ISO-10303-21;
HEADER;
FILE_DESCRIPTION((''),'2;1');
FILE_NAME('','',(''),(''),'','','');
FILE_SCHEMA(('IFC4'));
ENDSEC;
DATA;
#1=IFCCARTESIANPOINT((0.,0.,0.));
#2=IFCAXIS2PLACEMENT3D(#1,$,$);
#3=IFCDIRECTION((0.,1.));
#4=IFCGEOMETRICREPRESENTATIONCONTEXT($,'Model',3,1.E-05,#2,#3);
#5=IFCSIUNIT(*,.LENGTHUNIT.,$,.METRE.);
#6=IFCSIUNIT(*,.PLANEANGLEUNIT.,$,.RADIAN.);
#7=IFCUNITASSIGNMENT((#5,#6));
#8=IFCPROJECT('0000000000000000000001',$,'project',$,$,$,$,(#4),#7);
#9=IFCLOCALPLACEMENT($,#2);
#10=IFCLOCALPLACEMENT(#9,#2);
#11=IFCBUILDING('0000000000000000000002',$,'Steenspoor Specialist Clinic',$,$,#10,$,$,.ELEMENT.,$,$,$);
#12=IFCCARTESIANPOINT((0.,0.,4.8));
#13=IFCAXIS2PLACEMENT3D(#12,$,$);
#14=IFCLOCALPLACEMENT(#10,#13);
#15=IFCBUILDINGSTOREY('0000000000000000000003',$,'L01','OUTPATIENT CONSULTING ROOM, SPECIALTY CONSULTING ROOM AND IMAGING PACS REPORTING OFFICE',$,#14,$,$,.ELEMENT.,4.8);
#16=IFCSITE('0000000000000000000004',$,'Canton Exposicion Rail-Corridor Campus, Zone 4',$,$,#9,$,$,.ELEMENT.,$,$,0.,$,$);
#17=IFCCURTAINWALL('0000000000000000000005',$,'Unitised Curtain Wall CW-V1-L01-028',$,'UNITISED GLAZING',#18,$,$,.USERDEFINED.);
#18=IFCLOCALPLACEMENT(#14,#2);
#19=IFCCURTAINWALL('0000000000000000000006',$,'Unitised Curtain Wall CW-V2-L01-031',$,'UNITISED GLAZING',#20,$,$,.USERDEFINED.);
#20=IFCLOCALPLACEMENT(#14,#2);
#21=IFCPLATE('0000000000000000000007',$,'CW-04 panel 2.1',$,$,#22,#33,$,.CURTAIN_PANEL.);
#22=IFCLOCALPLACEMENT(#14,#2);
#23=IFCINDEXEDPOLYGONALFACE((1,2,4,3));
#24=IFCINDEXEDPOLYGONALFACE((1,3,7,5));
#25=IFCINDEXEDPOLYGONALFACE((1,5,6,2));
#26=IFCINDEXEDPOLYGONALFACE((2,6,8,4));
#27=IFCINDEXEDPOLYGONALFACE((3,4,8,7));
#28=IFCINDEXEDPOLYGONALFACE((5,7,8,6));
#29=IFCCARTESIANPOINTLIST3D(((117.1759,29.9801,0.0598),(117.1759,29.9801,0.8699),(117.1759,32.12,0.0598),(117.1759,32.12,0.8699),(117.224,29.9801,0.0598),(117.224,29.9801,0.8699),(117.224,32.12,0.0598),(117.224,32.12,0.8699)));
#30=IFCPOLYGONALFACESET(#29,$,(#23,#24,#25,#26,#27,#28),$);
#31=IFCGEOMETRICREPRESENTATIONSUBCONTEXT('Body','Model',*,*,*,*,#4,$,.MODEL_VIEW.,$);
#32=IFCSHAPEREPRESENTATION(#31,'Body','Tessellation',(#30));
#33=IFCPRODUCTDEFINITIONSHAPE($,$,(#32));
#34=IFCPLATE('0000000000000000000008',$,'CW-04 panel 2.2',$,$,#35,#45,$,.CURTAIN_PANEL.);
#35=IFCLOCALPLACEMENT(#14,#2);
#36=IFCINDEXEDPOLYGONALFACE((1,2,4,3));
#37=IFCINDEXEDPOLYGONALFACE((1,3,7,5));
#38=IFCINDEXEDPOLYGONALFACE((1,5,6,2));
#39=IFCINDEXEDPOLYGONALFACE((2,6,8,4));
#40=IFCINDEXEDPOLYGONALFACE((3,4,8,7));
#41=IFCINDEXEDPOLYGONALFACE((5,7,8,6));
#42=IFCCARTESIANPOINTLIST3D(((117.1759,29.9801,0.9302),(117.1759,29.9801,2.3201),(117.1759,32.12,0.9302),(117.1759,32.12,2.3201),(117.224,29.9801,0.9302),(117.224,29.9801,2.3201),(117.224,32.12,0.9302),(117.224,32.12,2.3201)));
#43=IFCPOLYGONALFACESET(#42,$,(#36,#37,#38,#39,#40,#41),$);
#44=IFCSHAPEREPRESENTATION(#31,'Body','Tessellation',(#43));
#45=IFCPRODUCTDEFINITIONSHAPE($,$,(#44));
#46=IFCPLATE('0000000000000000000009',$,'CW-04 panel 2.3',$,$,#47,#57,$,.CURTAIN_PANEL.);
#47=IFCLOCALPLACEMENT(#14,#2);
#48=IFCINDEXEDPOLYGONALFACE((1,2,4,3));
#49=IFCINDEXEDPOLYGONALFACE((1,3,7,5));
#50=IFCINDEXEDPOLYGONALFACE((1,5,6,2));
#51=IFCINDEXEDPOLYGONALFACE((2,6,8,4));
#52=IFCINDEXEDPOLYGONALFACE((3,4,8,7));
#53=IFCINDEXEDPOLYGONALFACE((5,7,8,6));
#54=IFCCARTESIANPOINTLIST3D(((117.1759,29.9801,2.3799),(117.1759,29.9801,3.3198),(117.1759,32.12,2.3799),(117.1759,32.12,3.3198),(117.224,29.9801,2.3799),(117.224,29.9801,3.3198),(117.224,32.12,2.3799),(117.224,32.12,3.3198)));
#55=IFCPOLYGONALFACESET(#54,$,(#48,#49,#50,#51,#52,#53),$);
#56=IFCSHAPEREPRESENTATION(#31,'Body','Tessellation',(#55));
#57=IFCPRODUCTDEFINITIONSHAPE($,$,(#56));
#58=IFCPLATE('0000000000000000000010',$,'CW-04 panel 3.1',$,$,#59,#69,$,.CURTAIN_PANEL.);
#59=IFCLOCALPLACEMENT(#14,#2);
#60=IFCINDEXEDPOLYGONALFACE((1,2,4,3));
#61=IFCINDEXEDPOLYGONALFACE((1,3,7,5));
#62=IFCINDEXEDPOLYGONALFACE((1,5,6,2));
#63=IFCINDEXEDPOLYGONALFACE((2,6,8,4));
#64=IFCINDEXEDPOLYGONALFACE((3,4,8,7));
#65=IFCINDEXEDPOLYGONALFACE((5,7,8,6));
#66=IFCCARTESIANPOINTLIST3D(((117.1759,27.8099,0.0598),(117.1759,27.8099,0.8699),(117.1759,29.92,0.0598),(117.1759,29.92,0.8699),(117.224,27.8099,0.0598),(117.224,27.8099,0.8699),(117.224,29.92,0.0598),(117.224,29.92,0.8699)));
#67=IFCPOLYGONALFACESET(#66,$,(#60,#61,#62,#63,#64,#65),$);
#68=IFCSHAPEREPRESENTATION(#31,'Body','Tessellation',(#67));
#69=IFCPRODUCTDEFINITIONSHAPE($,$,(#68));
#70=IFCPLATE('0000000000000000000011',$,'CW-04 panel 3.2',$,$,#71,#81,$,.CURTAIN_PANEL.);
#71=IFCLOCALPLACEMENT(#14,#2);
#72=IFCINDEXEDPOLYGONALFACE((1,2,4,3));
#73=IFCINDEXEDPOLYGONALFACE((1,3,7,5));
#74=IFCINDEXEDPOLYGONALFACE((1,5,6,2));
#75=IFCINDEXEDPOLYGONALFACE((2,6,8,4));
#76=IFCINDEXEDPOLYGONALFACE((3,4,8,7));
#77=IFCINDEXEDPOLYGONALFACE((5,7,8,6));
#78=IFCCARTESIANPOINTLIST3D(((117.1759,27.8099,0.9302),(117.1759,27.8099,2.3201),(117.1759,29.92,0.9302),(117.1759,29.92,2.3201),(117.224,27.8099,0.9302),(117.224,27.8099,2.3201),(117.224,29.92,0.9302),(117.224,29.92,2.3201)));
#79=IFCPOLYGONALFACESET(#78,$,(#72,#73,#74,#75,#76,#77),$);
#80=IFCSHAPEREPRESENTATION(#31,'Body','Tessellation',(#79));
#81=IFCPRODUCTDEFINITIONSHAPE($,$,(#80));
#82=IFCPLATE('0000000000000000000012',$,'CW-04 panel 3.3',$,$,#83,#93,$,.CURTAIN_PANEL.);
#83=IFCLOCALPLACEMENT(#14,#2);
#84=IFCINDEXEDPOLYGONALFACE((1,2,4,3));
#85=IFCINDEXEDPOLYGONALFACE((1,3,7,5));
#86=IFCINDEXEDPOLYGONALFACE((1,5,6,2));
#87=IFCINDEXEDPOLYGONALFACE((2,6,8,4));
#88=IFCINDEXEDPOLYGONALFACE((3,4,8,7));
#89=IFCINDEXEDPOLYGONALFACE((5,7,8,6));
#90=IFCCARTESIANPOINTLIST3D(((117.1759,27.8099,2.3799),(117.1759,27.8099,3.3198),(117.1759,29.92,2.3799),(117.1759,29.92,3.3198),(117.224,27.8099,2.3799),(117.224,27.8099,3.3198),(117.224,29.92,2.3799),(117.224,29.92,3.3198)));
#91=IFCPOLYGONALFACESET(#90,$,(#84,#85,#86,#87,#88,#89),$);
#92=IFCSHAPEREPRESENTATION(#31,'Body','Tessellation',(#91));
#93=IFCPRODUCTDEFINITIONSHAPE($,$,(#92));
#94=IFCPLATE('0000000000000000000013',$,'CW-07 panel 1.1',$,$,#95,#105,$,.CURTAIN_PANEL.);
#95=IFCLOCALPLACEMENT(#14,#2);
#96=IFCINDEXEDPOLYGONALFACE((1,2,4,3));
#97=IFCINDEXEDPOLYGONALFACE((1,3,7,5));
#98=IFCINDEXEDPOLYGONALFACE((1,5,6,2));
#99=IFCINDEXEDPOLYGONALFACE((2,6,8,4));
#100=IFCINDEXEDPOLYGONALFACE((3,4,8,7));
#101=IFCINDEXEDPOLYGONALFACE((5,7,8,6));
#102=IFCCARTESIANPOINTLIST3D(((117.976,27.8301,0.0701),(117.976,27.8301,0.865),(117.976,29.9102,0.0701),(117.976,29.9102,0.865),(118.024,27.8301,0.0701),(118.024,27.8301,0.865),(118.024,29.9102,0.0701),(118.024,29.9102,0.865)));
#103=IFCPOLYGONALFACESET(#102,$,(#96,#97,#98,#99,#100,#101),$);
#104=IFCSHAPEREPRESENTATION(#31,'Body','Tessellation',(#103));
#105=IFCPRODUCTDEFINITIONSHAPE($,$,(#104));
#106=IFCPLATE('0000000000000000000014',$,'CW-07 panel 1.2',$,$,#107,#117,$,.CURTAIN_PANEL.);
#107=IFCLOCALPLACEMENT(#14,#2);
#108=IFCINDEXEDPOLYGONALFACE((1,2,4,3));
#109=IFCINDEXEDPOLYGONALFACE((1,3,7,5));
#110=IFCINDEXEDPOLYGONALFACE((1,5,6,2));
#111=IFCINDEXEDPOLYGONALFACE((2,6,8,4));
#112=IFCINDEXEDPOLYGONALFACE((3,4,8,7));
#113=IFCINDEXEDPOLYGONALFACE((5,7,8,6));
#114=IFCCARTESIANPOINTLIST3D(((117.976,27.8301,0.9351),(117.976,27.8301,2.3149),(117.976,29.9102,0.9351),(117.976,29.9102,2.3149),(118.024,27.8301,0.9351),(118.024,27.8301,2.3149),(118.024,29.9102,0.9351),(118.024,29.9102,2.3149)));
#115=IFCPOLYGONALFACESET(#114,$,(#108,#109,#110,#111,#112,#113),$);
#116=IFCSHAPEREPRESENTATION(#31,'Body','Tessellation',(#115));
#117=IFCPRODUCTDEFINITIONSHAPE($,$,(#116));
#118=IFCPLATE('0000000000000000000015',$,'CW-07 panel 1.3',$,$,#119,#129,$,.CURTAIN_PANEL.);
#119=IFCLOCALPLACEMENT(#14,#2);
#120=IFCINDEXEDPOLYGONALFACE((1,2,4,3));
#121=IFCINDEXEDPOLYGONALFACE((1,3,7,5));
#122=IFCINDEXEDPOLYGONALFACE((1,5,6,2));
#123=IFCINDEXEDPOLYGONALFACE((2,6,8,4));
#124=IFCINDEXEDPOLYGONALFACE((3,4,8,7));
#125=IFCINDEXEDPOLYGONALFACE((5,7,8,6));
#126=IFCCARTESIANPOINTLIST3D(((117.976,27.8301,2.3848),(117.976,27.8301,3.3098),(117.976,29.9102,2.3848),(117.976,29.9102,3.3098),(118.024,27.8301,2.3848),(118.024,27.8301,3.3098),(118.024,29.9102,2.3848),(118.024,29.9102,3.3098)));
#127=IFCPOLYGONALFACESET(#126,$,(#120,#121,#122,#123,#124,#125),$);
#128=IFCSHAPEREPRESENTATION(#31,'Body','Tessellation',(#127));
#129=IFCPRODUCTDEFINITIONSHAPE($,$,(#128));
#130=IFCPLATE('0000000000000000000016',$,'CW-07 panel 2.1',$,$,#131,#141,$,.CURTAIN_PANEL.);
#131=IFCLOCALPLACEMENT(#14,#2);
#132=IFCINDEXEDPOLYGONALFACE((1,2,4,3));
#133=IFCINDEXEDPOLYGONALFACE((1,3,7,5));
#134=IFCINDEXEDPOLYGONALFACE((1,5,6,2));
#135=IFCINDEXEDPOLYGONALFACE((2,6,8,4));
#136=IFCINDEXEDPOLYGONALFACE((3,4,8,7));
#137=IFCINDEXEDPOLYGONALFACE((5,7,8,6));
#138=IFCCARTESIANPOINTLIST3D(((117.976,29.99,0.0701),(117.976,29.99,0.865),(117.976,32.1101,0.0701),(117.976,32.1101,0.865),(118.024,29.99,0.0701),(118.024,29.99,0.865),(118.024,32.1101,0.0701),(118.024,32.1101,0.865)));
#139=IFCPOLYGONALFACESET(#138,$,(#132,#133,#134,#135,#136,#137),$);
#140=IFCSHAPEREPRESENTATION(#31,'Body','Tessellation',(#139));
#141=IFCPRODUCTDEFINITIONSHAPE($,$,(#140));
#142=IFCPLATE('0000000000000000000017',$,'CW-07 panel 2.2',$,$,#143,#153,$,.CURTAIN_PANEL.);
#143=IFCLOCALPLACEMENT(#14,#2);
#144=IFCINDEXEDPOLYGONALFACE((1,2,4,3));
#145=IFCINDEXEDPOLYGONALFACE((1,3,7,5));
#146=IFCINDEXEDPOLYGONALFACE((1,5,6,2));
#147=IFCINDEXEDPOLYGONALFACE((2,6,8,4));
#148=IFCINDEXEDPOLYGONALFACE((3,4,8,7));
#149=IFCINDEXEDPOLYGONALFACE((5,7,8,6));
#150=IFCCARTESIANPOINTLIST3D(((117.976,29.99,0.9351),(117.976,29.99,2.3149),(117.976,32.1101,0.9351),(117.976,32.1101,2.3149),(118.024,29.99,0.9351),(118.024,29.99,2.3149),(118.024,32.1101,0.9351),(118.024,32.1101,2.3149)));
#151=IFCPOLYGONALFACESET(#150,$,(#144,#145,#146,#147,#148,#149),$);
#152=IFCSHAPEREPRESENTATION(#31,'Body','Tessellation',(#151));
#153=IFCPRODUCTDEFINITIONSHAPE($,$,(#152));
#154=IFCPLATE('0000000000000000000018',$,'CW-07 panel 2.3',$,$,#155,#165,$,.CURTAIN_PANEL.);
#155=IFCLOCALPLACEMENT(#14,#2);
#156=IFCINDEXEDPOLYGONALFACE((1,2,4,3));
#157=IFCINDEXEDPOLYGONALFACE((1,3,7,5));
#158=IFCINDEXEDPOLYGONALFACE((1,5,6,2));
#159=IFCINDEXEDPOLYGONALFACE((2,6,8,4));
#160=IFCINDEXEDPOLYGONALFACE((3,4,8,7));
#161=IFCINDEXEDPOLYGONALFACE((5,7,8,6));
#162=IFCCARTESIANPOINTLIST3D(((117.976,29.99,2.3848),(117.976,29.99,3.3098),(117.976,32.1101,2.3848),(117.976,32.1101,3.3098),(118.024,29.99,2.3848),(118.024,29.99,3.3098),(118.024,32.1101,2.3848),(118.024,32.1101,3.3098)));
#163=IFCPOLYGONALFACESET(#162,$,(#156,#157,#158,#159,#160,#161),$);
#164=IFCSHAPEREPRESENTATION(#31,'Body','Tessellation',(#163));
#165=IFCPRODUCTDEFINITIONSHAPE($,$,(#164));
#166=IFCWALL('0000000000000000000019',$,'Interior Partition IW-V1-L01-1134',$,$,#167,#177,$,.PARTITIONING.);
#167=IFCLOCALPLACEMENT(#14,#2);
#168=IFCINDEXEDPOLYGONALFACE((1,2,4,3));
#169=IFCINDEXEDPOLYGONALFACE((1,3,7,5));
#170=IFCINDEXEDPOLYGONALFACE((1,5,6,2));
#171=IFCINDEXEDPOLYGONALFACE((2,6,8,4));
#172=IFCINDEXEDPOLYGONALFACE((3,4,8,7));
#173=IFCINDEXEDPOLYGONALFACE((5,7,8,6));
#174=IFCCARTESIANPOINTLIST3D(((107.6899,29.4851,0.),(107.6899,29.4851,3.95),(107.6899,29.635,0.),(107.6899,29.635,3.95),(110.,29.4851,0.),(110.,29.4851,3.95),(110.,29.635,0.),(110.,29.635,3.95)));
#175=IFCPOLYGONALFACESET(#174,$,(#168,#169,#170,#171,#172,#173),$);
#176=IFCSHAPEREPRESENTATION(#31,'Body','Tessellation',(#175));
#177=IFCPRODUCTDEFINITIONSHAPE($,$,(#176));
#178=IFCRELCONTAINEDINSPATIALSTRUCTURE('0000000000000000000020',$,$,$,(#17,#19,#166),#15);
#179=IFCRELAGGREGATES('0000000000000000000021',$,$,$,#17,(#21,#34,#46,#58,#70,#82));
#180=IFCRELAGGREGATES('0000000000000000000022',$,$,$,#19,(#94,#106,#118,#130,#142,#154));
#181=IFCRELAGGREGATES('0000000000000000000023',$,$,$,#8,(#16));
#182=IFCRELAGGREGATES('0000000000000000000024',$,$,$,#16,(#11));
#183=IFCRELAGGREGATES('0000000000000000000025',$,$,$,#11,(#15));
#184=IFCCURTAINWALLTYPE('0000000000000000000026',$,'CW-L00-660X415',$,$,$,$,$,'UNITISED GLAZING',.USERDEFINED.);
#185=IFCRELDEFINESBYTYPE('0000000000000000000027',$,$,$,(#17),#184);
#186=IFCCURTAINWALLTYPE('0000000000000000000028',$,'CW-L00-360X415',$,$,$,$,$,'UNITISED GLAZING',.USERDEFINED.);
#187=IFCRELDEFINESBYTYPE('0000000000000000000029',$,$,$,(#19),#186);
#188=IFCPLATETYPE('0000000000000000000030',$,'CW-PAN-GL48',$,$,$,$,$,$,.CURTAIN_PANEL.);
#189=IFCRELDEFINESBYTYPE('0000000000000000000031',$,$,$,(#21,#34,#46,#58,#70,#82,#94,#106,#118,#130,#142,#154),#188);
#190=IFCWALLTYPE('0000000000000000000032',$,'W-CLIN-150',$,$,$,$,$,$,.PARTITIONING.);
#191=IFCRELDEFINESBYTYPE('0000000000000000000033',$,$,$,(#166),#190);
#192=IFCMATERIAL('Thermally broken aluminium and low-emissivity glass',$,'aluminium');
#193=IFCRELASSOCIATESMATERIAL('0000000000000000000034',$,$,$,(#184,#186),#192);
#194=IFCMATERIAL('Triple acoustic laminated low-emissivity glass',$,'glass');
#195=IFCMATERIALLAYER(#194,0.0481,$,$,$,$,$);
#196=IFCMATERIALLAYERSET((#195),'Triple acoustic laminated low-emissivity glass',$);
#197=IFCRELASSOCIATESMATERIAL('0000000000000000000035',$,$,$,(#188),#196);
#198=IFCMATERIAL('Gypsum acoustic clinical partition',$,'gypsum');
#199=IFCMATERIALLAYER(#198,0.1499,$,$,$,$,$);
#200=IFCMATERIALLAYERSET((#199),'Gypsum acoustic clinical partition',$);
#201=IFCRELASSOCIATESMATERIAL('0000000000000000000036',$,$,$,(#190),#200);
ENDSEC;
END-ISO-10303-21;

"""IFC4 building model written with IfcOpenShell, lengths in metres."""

from ifc_helpers import new_model, si_unit, direction, frame, frame_2d, origin, origin_2d, place, context, subcontext, project, spatial, rectangle, extrude, material, layer, layer_set, type_object, element, aggregate, save


model = new_model("IFC4")

# Units and contexts
model_context = context("Model", 3, precision=1e-05, world=origin(), true_north=direction((0.0, 1.0)))
body_context = subcontext(model_context, "Body", "Model", "MODEL_VIEW")
ifc_project = project(units=[si_unit("LENGTHUNIT", "METRE"), si_unit("PLANEANGLEUNIT", "RADIAN")], contexts=[model_context])

# Site, building, storey
site_placement = place(None, origin())
site = spatial("IfcSite", under=ifc_project, at=site_placement, Name="Canton Exposicion Rail-Corridor Campus, Zone 4", CompositionType="ELEMENT", RefElevation=0.0)
building_placement = place(site_placement, origin())
building = spatial("IfcBuilding", under=site, at=building_placement, Name="Steenspoor Specialist Clinic", CompositionType="ELEMENT")
storey_placement = place(building_placement, frame((0.0, 0.0, 4.8)))
storey = spatial("IfcBuildingStorey", under=building, at=storey_placement, Name="L01", Description="OUTPATIENT CONSULTING ROOM, SPECIALTY CONSULTING ROOM AND IMAGING PACS REPORTING OFFICE", CompositionType="ELEMENT", Elevation=4.8)

# Curtain walls
ifc_material_1 = material(Name="Thermally broken aluminium and low-emissivity glass", Category="aluminium")
curtain_wall_type_1 = type_object("IfcCurtainWallType", Name="CW-L00-660X415", ElementType="UNITISED GLAZING", PredefinedType="USERDEFINED", material=ifc_material_1)
curtain_wall_1_placement = place(storey_placement, origin())
curtain_wall_1 = element("IfcCurtainWall", 1, at=curtain_wall_1_placement, inside=storey, type_object=curtain_wall_type_1, Name="Unitised Curtain Wall CW-V1-L01-028", ObjectType="UNITISED GLAZING", PredefinedType="USERDEFINED")
curtain_wall_type_2 = type_object("IfcCurtainWallType", Name="CW-L00-360X415", ElementType="UNITISED GLAZING", PredefinedType="USERDEFINED", material=ifc_material_1)
curtain_wall_2_placement = place(storey_placement, origin())
curtain_wall_2 = element("IfcCurtainWall", 2, at=curtain_wall_2_placement, inside=storey, type_object=curtain_wall_type_2, Name="Unitised Curtain Wall CW-V2-L01-031", ObjectType="UNITISED GLAZING", PredefinedType="USERDEFINED")

# Plates
ifc_material_2 = material(Name="Triple acoustic laminated low-emissivity glass", Category="glass")
ifc_layer_1 = layer(ifc_material_2, 0.0481)
ifc_layer_set_1 = layer_set([ifc_layer_1], Name="Triple acoustic laminated low-emissivity glass")
plate_type = type_object("IfcPlateType", Name="CW-PAN-GL48", PredefinedType="CURTAIN_PANEL", material=ifc_layer_set_1)
plate_1_placement = place(storey_placement, frame((117.2, 31.05, 0.0598), z_axis=(0.0, 0.0, 1.0), x_axis=(0.0, -1.0, 0.0)))
plate_1 = element("IfcPlate", 3, at=plate_1_placement, type_object=plate_type, Name="CW-04 panel 2.1", PredefinedType="CURTAIN_PANEL", context=body_context, shape_type="SweptSolid", body=[
    extrude(rectangle(XDim=2.1399, YDim=0.0481, at=origin_2d()), origin(), (0.0, 0.0, 1.0), 0.8101),
])
plate_2_placement = place(storey_placement, frame((117.2, 31.05, 0.9302), z_axis=(0.0, 0.0, 1.0), x_axis=(0.0, -1.0, 0.0)))
plate_2 = element("IfcPlate", 4, at=plate_2_placement, type_object=plate_type, Name="CW-04 panel 2.2", PredefinedType="CURTAIN_PANEL", context=body_context, shape_type="SweptSolid", body=[
    extrude(rectangle(XDim=2.1399, YDim=0.0481, at=origin_2d()), origin(), (0.0, 0.0, 1.0), 1.3899),
])
plate_3_placement = place(storey_placement, frame((117.2, 31.05, 2.3799), z_axis=(0.0, 0.0, 1.0), x_axis=(0.0, -1.0, 0.0)))
plate_3 = element("IfcPlate", 5, at=plate_3_placement, type_object=plate_type, Name="CW-04 panel 2.3", PredefinedType="CURTAIN_PANEL", context=body_context, shape_type="SweptSolid", body=[
    extrude(rectangle(XDim=2.1399, YDim=0.0481, at=origin_2d()), origin(), (0.0, 0.0, 1.0), 0.9399),
])
plate_4_placement = place(storey_placement, frame((117.2, 28.865, 0.0598), z_axis=(0.0, 0.0, 1.0), x_axis=(0.0, -1.0, 0.0)))
plate_4 = element("IfcPlate", 6, at=plate_4_placement, type_object=plate_type, Name="CW-04 panel 3.1", PredefinedType="CURTAIN_PANEL", context=body_context, shape_type="SweptSolid", body=[
    extrude(rectangle(XDim=2.1101, YDim=0.0481, at=origin_2d()), origin(), (0.0, 0.0, 1.0), 0.8101),
])
plate_5_placement = place(storey_placement, frame((117.2, 28.865, 0.9302), z_axis=(0.0, 0.0, 1.0), x_axis=(0.0, -1.0, 0.0)))
plate_5 = element("IfcPlate", 7, at=plate_5_placement, type_object=plate_type, Name="CW-04 panel 3.2", PredefinedType="CURTAIN_PANEL", context=body_context, shape_type="SweptSolid", body=[
    extrude(rectangle(XDim=2.1101, YDim=0.0481, at=origin_2d()), origin(), (0.0, 0.0, 1.0), 1.3899),
])
plate_6_placement = place(storey_placement, frame((117.2, 28.865, 2.3799), z_axis=(0.0, 0.0, 1.0), x_axis=(0.0, -1.0, 0.0)))
plate_6 = element("IfcPlate", 8, at=plate_6_placement, type_object=plate_type, Name="CW-04 panel 3.3", PredefinedType="CURTAIN_PANEL", context=body_context, shape_type="SweptSolid", body=[
    extrude(rectangle(XDim=2.1101, YDim=0.0481, at=origin_2d()), origin(), (0.0, 0.0, 1.0), 0.9399),
])
aggregate(curtain_wall_1, [plate_1, plate_2, plate_3, plate_4, plate_5, plate_6])
plate_7_placement = place(storey_placement, frame((118.0, 28.8701, 0.0701), z_axis=(0.0, 0.0, 1.0), x_axis=(0.0, 1.0, 0.0)))
plate_7 = element("IfcPlate", 9, at=plate_7_placement, type_object=plate_type, Name="CW-07 panel 1.1", PredefinedType="CURTAIN_PANEL", context=body_context, shape_type="SweptSolid", body=[
    extrude(rectangle(XDim=2.0801, YDim=0.0481, at=origin_2d()), origin(), (0.0, 0.0, 1.0), 0.7949),
])
plate_8_placement = place(storey_placement, frame((118.0, 28.8701, 0.9351), z_axis=(0.0, 0.0, 1.0), x_axis=(0.0, 1.0, 0.0)))
plate_8 = element("IfcPlate", 10, at=plate_8_placement, type_object=plate_type, Name="CW-07 panel 1.2", PredefinedType="CURTAIN_PANEL", context=body_context, shape_type="SweptSolid", body=[
    extrude(rectangle(XDim=2.0801, YDim=0.0481, at=origin_2d()), origin(), (0.0, 0.0, 1.0), 1.3799),
])
plate_9_placement = place(storey_placement, frame((118.0, 28.8701, 2.3848), z_axis=(0.0, 0.0, 1.0), x_axis=(0.0, 1.0, 0.0)))
plate_9 = element("IfcPlate", 11, at=plate_9_placement, type_object=plate_type, Name="CW-07 panel 1.3", PredefinedType="CURTAIN_PANEL", context=body_context, shape_type="SweptSolid", body=[
    extrude(rectangle(XDim=2.0801, YDim=0.0481, at=origin_2d()), origin(), (0.0, 0.0, 1.0), 0.925),
])
plate_10_placement = place(storey_placement, frame((118.0, 31.05, 0.0701), z_axis=(0.0, 0.0, 1.0), x_axis=(0.0, 1.0, 0.0)))
plate_10 = element("IfcPlate", 12, at=plate_10_placement, type_object=plate_type, Name="CW-07 panel 2.1", PredefinedType="CURTAIN_PANEL", context=body_context, shape_type="SweptSolid", body=[
    extrude(rectangle(XDim=2.1201, YDim=0.0481, at=origin_2d()), origin(), (0.0, 0.0, 1.0), 0.7949),
])
plate_11_placement = place(storey_placement, frame((118.0, 31.05, 0.9351), z_axis=(0.0, 0.0, 1.0), x_axis=(0.0, 1.0, 0.0)))
plate_11 = element("IfcPlate", 13, at=plate_11_placement, type_object=plate_type, Name="CW-07 panel 2.2", PredefinedType="CURTAIN_PANEL", context=body_context, shape_type="SweptSolid", body=[
    extrude(rectangle(XDim=2.1201, YDim=0.0481, at=origin_2d()), origin(), (0.0, 0.0, 1.0), 1.3799),
])
plate_12_placement = place(storey_placement, frame((118.0, 31.05, 2.3848), z_axis=(0.0, 0.0, 1.0), x_axis=(0.0, 1.0, 0.0)))
plate_12 = element("IfcPlate", 14, at=plate_12_placement, type_object=plate_type, Name="CW-07 panel 2.3", PredefinedType="CURTAIN_PANEL", context=body_context, shape_type="SweptSolid", body=[
    extrude(rectangle(XDim=2.1201, YDim=0.0481, at=origin_2d()), origin(), (0.0, 0.0, 1.0), 0.925),
])
aggregate(curtain_wall_2, [plate_7, plate_8, plate_9, plate_10, plate_11, plate_12])

# Wall
ifc_material_3 = material(Name="Gypsum acoustic clinical partition", Category="gypsum")
ifc_layer_2 = layer(ifc_material_3, 0.1499)
ifc_layer_set_2 = layer_set([ifc_layer_2], Name="Gypsum acoustic clinical partition")
wall_type_1 = type_object("IfcWallType", Name="W-CLIN-150", PredefinedType="PARTITIONING", material=ifc_layer_set_2)
wall_1_placement = place(storey_placement, frame((107.6899, 29.5601, 0.0), z_axis=(0.0, 0.0, 1.0), x_axis=(1.0, 0.0, 0.0)))
element("IfcWall", 15, at=wall_1_placement, inside=storey, type_object=wall_type_1, Name="Interior Partition IW-V1-L01-1134", PredefinedType="PARTITIONING", context=body_context, shape_type="SweptSolid", body=[
    extrude(rectangle(XDim=2.3101, YDim=0.1499, at=frame_2d((1.155, 0.0))), origin(), (0.0, 0.0, 1.0), 3.95),
])

save(model, "model.ifc")
